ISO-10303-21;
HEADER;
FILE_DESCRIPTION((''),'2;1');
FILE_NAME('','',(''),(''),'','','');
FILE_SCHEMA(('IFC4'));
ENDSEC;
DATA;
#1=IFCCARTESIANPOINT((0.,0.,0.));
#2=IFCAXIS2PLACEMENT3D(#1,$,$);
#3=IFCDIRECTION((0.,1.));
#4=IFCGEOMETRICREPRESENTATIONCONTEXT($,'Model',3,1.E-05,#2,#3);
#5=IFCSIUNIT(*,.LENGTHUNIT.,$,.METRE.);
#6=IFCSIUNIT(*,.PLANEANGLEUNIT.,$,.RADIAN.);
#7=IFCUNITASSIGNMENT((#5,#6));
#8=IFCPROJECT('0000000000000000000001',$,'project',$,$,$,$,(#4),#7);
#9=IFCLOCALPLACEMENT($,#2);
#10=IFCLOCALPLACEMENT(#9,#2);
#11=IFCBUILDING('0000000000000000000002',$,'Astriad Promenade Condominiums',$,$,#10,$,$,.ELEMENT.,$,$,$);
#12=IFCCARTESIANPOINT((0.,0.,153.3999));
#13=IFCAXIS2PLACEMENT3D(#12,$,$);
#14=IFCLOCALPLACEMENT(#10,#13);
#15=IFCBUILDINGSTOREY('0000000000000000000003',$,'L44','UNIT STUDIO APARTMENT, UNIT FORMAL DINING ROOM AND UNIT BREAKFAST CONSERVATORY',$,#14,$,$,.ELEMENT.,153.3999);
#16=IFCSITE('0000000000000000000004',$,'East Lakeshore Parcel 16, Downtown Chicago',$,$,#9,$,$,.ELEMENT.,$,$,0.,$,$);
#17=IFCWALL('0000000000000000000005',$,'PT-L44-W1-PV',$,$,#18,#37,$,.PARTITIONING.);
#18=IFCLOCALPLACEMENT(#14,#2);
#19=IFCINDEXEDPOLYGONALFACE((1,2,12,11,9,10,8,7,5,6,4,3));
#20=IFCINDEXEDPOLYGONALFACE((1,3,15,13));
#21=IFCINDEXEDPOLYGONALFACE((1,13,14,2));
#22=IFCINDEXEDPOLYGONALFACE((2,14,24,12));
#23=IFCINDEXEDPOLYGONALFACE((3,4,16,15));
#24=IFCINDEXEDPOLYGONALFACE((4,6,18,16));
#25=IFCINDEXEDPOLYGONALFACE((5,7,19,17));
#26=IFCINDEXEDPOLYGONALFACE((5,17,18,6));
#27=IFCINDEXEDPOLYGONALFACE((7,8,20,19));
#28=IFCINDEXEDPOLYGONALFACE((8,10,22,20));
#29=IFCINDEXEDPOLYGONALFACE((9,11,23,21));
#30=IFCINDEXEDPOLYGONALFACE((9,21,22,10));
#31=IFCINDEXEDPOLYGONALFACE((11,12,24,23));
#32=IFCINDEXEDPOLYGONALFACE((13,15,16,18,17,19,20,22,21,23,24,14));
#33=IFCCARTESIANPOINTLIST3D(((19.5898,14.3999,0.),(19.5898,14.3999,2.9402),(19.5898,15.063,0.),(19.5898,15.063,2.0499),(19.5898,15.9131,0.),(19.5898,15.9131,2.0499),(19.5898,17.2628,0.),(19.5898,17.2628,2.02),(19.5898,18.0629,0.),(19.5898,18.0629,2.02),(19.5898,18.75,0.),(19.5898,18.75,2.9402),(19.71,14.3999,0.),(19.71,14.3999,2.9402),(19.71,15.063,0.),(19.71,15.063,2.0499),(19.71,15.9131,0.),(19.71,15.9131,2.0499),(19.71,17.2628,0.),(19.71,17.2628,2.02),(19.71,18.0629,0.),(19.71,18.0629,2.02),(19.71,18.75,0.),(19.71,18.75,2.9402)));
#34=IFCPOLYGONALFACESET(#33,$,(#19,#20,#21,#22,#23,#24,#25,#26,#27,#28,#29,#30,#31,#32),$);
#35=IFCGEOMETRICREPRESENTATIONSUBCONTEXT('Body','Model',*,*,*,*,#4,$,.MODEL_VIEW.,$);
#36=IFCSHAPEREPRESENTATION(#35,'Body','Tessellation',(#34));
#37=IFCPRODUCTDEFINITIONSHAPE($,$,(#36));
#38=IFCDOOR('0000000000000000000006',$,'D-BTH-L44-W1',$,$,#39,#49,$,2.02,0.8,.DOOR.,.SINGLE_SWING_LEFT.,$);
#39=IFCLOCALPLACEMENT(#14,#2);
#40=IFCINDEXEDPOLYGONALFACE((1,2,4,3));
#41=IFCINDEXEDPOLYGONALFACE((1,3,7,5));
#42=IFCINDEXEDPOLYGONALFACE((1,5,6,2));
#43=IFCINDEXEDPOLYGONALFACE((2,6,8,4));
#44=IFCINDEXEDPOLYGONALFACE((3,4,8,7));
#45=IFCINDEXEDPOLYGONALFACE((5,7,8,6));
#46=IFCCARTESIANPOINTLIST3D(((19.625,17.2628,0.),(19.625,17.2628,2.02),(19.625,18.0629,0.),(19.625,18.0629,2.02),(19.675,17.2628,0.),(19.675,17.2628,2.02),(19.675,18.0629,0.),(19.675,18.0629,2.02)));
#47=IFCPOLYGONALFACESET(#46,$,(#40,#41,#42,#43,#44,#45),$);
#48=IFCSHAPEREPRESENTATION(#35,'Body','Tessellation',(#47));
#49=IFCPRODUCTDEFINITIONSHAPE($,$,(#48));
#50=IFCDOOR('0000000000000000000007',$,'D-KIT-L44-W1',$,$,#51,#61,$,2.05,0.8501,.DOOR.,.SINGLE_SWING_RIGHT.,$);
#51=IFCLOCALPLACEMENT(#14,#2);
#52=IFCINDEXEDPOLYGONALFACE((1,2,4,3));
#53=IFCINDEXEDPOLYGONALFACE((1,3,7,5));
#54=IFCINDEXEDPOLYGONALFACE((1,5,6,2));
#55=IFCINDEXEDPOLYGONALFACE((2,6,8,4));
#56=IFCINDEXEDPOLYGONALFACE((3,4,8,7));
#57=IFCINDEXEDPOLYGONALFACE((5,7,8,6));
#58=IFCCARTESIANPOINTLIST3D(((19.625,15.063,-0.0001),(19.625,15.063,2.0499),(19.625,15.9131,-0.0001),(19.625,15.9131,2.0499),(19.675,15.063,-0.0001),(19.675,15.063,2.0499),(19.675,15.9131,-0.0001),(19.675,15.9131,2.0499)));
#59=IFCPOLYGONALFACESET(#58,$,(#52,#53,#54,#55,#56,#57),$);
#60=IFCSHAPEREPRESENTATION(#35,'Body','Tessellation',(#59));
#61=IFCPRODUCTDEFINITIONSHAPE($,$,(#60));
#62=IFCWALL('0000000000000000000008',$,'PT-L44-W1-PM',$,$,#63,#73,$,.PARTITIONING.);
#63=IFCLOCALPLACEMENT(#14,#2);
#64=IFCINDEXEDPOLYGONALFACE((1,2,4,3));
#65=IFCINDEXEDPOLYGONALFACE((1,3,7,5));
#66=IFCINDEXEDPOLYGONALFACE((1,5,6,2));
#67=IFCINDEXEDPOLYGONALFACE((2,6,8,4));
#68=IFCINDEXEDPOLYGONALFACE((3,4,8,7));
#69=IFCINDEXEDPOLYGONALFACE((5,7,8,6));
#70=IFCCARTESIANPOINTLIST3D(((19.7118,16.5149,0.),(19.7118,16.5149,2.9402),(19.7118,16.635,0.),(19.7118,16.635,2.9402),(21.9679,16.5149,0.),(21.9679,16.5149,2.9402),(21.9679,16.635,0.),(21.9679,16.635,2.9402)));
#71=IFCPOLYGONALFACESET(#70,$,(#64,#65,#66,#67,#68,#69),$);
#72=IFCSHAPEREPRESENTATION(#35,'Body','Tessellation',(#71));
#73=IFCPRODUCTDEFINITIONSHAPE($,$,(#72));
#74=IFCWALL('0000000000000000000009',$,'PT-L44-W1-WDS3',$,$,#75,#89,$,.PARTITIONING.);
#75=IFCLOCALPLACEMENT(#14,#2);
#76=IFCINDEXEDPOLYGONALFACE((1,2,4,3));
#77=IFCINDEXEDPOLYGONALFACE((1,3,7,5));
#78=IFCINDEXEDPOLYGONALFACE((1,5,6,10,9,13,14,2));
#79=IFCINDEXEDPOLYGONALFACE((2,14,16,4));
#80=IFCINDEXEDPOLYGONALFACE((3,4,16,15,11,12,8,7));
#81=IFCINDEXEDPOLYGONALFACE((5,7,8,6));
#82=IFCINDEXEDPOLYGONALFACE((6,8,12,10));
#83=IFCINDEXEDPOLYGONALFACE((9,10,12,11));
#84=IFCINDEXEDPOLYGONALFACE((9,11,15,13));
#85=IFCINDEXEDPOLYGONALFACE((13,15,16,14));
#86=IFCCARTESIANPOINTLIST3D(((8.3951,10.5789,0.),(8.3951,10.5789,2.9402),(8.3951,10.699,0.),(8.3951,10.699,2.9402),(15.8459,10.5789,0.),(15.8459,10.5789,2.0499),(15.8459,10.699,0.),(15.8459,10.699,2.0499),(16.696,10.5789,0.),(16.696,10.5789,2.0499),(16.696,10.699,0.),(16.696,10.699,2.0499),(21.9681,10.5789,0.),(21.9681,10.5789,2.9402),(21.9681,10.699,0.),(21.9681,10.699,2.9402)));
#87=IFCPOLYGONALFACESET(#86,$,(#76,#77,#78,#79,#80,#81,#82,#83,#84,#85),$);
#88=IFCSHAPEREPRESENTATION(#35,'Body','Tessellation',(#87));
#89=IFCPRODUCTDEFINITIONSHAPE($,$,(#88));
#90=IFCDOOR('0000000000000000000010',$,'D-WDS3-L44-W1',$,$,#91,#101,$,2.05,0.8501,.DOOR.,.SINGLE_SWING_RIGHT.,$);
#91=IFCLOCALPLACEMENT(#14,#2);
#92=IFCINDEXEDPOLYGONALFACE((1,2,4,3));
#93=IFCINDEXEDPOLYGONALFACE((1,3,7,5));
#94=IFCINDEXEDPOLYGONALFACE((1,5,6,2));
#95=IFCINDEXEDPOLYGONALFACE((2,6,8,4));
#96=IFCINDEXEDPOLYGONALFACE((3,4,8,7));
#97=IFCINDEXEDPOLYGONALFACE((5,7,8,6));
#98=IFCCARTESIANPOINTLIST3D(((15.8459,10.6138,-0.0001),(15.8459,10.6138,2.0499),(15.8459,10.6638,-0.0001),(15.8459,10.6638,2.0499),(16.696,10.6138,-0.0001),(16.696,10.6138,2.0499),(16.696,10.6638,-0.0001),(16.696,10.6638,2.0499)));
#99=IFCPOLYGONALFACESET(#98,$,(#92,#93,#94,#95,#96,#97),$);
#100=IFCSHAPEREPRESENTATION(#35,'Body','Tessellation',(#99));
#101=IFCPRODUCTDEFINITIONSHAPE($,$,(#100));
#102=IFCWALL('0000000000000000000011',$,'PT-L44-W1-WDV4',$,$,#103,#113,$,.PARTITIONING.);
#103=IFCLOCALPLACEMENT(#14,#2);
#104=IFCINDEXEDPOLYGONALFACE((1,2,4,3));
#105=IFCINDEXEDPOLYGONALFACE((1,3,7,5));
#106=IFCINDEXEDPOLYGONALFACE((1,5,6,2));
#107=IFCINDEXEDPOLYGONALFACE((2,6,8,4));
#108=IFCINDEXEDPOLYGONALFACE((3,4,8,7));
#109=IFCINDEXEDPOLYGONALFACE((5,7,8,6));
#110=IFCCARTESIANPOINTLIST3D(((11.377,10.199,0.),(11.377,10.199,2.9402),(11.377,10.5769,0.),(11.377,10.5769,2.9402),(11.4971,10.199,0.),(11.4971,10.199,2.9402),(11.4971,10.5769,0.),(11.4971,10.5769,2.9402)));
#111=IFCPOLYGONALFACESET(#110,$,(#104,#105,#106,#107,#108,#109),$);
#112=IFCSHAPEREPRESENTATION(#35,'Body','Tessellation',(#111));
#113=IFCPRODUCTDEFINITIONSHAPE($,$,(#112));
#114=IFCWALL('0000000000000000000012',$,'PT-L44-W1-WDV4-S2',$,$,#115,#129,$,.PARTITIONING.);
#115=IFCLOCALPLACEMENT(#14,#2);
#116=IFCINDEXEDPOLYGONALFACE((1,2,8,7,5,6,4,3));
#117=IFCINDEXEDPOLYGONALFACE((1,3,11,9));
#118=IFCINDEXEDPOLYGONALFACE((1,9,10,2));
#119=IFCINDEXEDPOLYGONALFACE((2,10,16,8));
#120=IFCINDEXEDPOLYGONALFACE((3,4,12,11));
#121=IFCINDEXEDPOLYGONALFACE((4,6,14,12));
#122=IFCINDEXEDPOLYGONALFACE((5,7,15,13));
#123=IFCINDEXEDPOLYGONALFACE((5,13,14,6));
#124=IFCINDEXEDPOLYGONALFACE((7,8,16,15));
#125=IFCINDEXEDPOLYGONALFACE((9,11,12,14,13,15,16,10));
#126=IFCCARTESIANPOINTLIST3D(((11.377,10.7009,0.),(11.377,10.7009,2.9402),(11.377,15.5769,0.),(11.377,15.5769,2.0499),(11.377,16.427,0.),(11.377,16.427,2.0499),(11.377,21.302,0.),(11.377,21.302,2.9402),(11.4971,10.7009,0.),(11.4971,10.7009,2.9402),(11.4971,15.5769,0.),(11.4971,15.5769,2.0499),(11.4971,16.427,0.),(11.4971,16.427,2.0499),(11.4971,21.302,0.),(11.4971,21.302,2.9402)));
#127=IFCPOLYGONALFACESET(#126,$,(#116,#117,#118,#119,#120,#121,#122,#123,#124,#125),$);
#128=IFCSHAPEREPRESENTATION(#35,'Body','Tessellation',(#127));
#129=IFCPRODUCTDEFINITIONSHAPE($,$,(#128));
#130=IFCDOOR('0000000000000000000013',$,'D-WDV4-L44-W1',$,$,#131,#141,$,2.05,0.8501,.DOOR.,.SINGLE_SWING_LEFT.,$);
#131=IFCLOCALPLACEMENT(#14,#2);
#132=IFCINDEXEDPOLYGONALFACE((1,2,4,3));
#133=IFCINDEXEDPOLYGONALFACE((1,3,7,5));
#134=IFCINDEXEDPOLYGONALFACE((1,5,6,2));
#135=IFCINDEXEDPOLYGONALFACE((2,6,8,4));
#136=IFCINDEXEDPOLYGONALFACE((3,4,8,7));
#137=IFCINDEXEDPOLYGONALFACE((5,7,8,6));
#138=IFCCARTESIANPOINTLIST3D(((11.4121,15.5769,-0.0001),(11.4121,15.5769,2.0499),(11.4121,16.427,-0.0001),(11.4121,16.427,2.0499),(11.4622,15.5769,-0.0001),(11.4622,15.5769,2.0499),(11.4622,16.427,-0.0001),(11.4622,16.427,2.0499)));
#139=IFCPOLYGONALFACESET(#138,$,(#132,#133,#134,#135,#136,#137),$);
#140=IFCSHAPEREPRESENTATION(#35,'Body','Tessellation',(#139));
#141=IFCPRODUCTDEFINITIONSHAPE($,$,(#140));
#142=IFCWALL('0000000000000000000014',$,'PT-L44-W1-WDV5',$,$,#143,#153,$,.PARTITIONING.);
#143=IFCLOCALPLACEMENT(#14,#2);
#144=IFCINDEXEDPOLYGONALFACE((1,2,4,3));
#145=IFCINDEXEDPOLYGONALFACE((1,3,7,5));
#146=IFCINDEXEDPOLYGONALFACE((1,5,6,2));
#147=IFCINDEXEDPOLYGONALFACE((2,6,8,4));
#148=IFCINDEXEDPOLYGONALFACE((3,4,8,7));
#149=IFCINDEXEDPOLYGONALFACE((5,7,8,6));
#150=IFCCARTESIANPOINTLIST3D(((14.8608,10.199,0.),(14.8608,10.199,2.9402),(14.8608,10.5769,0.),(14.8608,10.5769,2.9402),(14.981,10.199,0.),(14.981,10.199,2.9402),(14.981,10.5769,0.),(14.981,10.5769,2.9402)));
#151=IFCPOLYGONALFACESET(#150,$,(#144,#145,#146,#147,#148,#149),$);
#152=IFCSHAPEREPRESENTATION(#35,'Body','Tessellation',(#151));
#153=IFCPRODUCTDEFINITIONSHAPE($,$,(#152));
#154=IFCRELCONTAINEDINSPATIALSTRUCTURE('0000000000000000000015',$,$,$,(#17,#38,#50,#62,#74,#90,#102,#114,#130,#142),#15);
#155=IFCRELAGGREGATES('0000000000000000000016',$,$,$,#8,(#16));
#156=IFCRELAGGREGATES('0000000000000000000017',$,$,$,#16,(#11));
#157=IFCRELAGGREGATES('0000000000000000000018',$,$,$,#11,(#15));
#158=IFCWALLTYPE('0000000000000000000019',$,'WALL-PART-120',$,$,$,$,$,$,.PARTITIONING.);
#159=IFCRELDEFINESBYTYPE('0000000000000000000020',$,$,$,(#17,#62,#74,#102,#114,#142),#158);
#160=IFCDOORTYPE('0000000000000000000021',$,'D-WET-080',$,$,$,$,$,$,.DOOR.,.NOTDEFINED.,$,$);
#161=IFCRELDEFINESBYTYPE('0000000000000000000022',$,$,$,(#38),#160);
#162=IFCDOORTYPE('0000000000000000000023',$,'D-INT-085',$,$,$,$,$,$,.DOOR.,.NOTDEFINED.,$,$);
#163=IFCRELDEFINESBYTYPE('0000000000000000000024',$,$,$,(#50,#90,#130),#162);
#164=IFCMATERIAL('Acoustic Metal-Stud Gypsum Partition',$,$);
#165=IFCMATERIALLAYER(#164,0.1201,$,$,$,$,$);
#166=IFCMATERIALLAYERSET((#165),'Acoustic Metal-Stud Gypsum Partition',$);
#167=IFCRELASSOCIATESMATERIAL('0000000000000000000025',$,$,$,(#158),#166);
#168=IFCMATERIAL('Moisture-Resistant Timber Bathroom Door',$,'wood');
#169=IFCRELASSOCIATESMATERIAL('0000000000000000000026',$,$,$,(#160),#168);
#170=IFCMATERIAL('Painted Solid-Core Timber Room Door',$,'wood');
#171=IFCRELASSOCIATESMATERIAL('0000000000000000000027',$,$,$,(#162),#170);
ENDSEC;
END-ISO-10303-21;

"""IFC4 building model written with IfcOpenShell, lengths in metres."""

from ifc_helpers import new_model, si_unit, direction, frame, frame_2d, origin, place, context, subcontext, project, spatial, rectangle, extrude, source, transform, mapped, material, layer, layer_set, type_object, type_shapes, element, fill, save


model = new_model("IFC4")

# Units and contexts
model_context = context("Model", 3, precision=1e-05, world=origin(), true_north=direction((0.0, 1.0)))
body_context = subcontext(model_context, "Body", "Model", "MODEL_VIEW")
ifc_project = project(units=[si_unit("LENGTHUNIT", "METRE"), si_unit("PLANEANGLEUNIT", "RADIAN")], contexts=[model_context])

# Site, building, storey
site_placement = place(None, origin())
site = spatial("IfcSite", under=ifc_project, at=site_placement, Name="East Lakeshore Parcel 16, Downtown Chicago", CompositionType="ELEMENT", RefElevation=0.0)
building_placement = place(site_placement, origin())
building = spatial("IfcBuilding", under=site, at=building_placement, Name="Astriad Promenade Condominiums", CompositionType="ELEMENT")
storey_placement = place(building_placement, frame((0.0, 0.0, 153.3999)))
storey = spatial("IfcBuildingStorey", under=building, at=storey_placement, Name="L44", Description="UNIT STUDIO APARTMENT, UNIT FORMAL DINING ROOM AND UNIT BREAKFAST CONSERVATORY", CompositionType="ELEMENT", Elevation=153.3999)

# Wall, openings, doors
ifc_material_1 = material(Name="Acoustic Metal-Stud Gypsum Partition")
ifc_layer_1 = layer(ifc_material_1, 0.1201)
ifc_layer_set_1 = layer_set([ifc_layer_1], Name="Acoustic Metal-Stud Gypsum Partition")
wall_type_1 = type_object("IfcWallType", Name="WALL-PART-120", PredefinedType="PARTITIONING", material=ifc_layer_set_1)
wall_1_placement = place(storey_placement, frame((19.6499, 14.3999, 0.0), z_axis=(0.0, 0.0, 1.0), x_axis=(0.0, 1.0, 0.0)))
wall_1 = element("IfcWall", 1, at=wall_1_placement, inside=storey, type_object=wall_type_1, Name="PT-L44-W1-PV", PredefinedType="PARTITIONING", context=body_context, shape_type="SweptSolid", body=[
    extrude(rectangle(XDim=4.3501, YDim=0.1201, at=frame_2d((2.175, 0.0))), origin(), (0.0, 0.0, 1.0), 2.9402),
])
opening_1_placement = place(wall_1_placement, frame((0.6631, 0.0, 0.0)))
opening_1 = element("IfcOpeningElement", 2, at=opening_1_placement, cuts=wall_1, PredefinedType="OPENING", context=body_context, shape_type="SweptSolid", body=[
    extrude(rectangle(XDim=0.8501, YDim=2.05, at=frame_2d((0.425, 1.0249))), frame((0.0, 0.0701, 0.0), z_axis=(0.0, -1.0, 0.0), x_axis=(1.0, 0.0, 0.0)), (0.0, 0.0, 1.0), 0.1401),
])
opening_2_placement = place(wall_1_placement, frame((2.863, 0.0, 0.0)))
opening_2 = element("IfcOpeningElement", 3, at=opening_2_placement, cuts=wall_1, PredefinedType="OPENING", context=body_context, shape_type="SweptSolid", body=[
    extrude(rectangle(XDim=0.8, YDim=2.02, at=frame_2d((0.3999, 1.01))), frame((0.0, 0.0701, 0.0), z_axis=(0.0, -1.0, 0.0), x_axis=(1.0, 0.0, 0.0)), (0.0, 0.0, 1.0), 0.1401),
])
ifc_material_2 = material(Name="Moisture-Resistant Timber Bathroom Door", Category="wood")
door_type_1 = type_object("IfcDoorType", Name="D-WET-080", OperationType="NOTDEFINED", PredefinedType="DOOR", material=ifc_material_2)
shared_shape_1 = source(origin(), body_context, "Body", "SweptSolid", [
    extrude(rectangle(XDim=0.8, YDim=2.02, at=frame_2d((0.3999, 1.01))), frame((0.0, 0.0249, 0.0), z_axis=(0.0, -1.0, 0.0), x_axis=(1.0, 0.0, 0.0)), (0.0, 0.0, 1.0), 0.05),
])
type_shapes(door_type_1, [shared_shape_1])
door_1_placement = place(opening_2_placement, origin())
door_1 = element("IfcDoor", 4, at=door_1_placement, inside=storey, type_object=door_type_1, Name="D-BTH-L44-W1", OperationType="SINGLE_SWING_LEFT", OverallHeight=2.02, OverallWidth=0.8, PredefinedType="DOOR", context=body_context, shape_type="MappedRepresentation", body=[
    mapped(shared_shape_1, transform((0.0, 0.0, 0.0), scale=1.0)),
])
fill(opening_2, door_1)
ifc_material_3 = material(Name="Painted Solid-Core Timber Room Door", Category="wood")
door_type_2 = type_object("IfcDoorType", Name="D-INT-085", OperationType="NOTDEFINED", PredefinedType="DOOR", material=ifc_material_3)
shared_shape_2 = source(origin(), body_context, "Body", "SweptSolid", [
    extrude(rectangle(XDim=0.8501, YDim=2.05, at=frame_2d((0.425, 1.0249))), frame((0.0, 0.0249, 0.0), z_axis=(0.0, -1.0, 0.0), x_axis=(1.0, 0.0, 0.0)), (0.0, 0.0, 1.0), 0.05),
])
type_shapes(door_type_2, [shared_shape_2])
door_2_placement = place(opening_1_placement, origin())
door_2 = element("IfcDoor", 5, at=door_2_placement, inside=storey, type_object=door_type_2, Name="D-KIT-L44-W1", OperationType="SINGLE_SWING_RIGHT", OverallHeight=2.05, OverallWidth=0.8501, PredefinedType="DOOR", context=body_context, shape_type="MappedRepresentation", body=[
    mapped(shared_shape_2, transform((0.0, 0.0, 0.0), scale=1.0)),
])
fill(opening_1, door_2)

# Wall
wall_2_placement = place(storey_placement, frame((19.7119, 16.575, 0.0), z_axis=(0.0, 0.0, 1.0), x_axis=(1.0, 0.0, 0.0)))
element("IfcWall", 6, at=wall_2_placement, inside=storey, type_object=wall_type_1, Name="PT-L44-W1-PM", PredefinedType="PARTITIONING", context=body_context, shape_type="SweptSolid", body=[
    extrude(rectangle(XDim=2.2561, YDim=0.1201, at=frame_2d((1.1279, 0.0))), origin(), (0.0, 0.0, 1.0), 2.9402),
])

# Wall, opening, door
wall_3_placement = place(storey_placement, frame((8.395, 10.6389, 0.0), z_axis=(0.0, 0.0, 1.0), x_axis=(1.0, 0.0, 0.0)))
wall_3 = element("IfcWall", 7, at=wall_3_placement, inside=storey, type_object=wall_type_1, Name="PT-L44-W1-WDS3", PredefinedType="PARTITIONING", context=body_context, shape_type="SweptSolid", body=[
    extrude(rectangle(XDim=13.573, YDim=0.1201, at=frame_2d((6.7866, 0.0))), origin(), (0.0, 0.0, 1.0), 2.9402),
])
opening_3_placement = place(wall_3_placement, frame((7.4509, 0.0, 0.0)))
opening_3 = element("IfcOpeningElement", 8, at=opening_3_placement, cuts=wall_3, PredefinedType="OPENING", context=body_context, shape_type="SweptSolid", body=[
    extrude(rectangle(XDim=0.8501, YDim=2.05, at=frame_2d((0.425, 1.0249))), frame((0.0, 0.0701, 0.0), z_axis=(0.0, -1.0, 0.0), x_axis=(1.0, 0.0, 0.0)), (0.0, 0.0, 1.0), 0.1401),
])
door_3_placement = place(opening_3_placement, origin())
door_3 = element("IfcDoor", 9, at=door_3_placement, inside=storey, type_object=door_type_2, Name="D-WDS3-L44-W1", OperationType="SINGLE_SWING_RIGHT", OverallHeight=2.05, OverallWidth=0.8501, PredefinedType="DOOR", context=body_context, shape_type="MappedRepresentation", body=[
    mapped(shared_shape_2, transform((0.0, 0.0, 0.0), scale=1.0)),
])
fill(opening_3, door_3)

# Wall
wall_4_placement = place(storey_placement, frame((11.437, 10.199, 0.0), z_axis=(0.0, 0.0, 1.0), x_axis=(0.0, 1.0, 0.0)))
element("IfcWall", 10, at=wall_4_placement, inside=storey, type_object=wall_type_1, Name="PT-L44-W1-WDV4", PredefinedType="PARTITIONING", context=body_context, shape_type="SweptSolid", body=[
    extrude(rectangle(XDim=0.3779, YDim=0.1201, at=frame_2d((0.189, 0.0))), origin(), (0.0, 0.0, 1.0), 2.9402),
])

# Wall, opening, door
wall_5_placement = place(storey_placement, frame((11.437, 10.7009, 0.0), z_axis=(0.0, 0.0, 1.0), x_axis=(0.0, 1.0, 0.0)))
wall_5 = element("IfcWall", 11, at=wall_5_placement, inside=storey, type_object=wall_type_1, Name="PT-L44-W1-WDV4-S2", PredefinedType="PARTITIONING", context=body_context, shape_type="SweptSolid", body=[
    extrude(rectangle(XDim=10.6011, YDim=0.1201, at=frame_2d((5.3005, 0.0))), origin(), (0.0, 0.0, 1.0), 2.9402),
])
opening_4_placement = place(wall_5_placement, frame((4.876, 0.0, 0.0)))
opening_4 = element("IfcOpeningElement", 12, at=opening_4_placement, cuts=wall_5, PredefinedType="OPENING", context=body_context, shape_type="SweptSolid", body=[
    extrude(rectangle(XDim=0.8501, YDim=2.05, at=frame_2d((0.425, 1.0249))), frame((0.0, 0.0701, 0.0), z_axis=(0.0, -1.0, 0.0), x_axis=(1.0, 0.0, 0.0)), (0.0, 0.0, 1.0), 0.1401),
])
door_4_placement = place(opening_4_placement, origin())
door_4 = element("IfcDoor", 13, at=door_4_placement, inside=storey, type_object=door_type_2, Name="D-WDV4-L44-W1", OperationType="SINGLE_SWING_LEFT", OverallHeight=2.05, OverallWidth=0.8501, PredefinedType="DOOR", context=body_context, shape_type="MappedRepresentation", body=[
    mapped(shared_shape_2, transform((0.0, 0.0, 0.0), scale=1.0)),
])
fill(opening_4, door_4)

# Wall
wall_6_placement = place(storey_placement, frame((14.9209, 10.199, 0.0), z_axis=(0.0, 0.0, 1.0), x_axis=(0.0, 1.0, 0.0)))
element("IfcWall", 14, at=wall_6_placement, inside=storey, type_object=wall_type_1, Name="PT-L44-W1-WDV5", PredefinedType="PARTITIONING", context=body_context, shape_type="SweptSolid", body=[
    extrude(rectangle(XDim=0.3779, YDim=0.1201, at=frame_2d((0.189, 0.0))), origin(), (0.0, 0.0, 1.0), 2.9402),
])

save(model, "model.ifc")
